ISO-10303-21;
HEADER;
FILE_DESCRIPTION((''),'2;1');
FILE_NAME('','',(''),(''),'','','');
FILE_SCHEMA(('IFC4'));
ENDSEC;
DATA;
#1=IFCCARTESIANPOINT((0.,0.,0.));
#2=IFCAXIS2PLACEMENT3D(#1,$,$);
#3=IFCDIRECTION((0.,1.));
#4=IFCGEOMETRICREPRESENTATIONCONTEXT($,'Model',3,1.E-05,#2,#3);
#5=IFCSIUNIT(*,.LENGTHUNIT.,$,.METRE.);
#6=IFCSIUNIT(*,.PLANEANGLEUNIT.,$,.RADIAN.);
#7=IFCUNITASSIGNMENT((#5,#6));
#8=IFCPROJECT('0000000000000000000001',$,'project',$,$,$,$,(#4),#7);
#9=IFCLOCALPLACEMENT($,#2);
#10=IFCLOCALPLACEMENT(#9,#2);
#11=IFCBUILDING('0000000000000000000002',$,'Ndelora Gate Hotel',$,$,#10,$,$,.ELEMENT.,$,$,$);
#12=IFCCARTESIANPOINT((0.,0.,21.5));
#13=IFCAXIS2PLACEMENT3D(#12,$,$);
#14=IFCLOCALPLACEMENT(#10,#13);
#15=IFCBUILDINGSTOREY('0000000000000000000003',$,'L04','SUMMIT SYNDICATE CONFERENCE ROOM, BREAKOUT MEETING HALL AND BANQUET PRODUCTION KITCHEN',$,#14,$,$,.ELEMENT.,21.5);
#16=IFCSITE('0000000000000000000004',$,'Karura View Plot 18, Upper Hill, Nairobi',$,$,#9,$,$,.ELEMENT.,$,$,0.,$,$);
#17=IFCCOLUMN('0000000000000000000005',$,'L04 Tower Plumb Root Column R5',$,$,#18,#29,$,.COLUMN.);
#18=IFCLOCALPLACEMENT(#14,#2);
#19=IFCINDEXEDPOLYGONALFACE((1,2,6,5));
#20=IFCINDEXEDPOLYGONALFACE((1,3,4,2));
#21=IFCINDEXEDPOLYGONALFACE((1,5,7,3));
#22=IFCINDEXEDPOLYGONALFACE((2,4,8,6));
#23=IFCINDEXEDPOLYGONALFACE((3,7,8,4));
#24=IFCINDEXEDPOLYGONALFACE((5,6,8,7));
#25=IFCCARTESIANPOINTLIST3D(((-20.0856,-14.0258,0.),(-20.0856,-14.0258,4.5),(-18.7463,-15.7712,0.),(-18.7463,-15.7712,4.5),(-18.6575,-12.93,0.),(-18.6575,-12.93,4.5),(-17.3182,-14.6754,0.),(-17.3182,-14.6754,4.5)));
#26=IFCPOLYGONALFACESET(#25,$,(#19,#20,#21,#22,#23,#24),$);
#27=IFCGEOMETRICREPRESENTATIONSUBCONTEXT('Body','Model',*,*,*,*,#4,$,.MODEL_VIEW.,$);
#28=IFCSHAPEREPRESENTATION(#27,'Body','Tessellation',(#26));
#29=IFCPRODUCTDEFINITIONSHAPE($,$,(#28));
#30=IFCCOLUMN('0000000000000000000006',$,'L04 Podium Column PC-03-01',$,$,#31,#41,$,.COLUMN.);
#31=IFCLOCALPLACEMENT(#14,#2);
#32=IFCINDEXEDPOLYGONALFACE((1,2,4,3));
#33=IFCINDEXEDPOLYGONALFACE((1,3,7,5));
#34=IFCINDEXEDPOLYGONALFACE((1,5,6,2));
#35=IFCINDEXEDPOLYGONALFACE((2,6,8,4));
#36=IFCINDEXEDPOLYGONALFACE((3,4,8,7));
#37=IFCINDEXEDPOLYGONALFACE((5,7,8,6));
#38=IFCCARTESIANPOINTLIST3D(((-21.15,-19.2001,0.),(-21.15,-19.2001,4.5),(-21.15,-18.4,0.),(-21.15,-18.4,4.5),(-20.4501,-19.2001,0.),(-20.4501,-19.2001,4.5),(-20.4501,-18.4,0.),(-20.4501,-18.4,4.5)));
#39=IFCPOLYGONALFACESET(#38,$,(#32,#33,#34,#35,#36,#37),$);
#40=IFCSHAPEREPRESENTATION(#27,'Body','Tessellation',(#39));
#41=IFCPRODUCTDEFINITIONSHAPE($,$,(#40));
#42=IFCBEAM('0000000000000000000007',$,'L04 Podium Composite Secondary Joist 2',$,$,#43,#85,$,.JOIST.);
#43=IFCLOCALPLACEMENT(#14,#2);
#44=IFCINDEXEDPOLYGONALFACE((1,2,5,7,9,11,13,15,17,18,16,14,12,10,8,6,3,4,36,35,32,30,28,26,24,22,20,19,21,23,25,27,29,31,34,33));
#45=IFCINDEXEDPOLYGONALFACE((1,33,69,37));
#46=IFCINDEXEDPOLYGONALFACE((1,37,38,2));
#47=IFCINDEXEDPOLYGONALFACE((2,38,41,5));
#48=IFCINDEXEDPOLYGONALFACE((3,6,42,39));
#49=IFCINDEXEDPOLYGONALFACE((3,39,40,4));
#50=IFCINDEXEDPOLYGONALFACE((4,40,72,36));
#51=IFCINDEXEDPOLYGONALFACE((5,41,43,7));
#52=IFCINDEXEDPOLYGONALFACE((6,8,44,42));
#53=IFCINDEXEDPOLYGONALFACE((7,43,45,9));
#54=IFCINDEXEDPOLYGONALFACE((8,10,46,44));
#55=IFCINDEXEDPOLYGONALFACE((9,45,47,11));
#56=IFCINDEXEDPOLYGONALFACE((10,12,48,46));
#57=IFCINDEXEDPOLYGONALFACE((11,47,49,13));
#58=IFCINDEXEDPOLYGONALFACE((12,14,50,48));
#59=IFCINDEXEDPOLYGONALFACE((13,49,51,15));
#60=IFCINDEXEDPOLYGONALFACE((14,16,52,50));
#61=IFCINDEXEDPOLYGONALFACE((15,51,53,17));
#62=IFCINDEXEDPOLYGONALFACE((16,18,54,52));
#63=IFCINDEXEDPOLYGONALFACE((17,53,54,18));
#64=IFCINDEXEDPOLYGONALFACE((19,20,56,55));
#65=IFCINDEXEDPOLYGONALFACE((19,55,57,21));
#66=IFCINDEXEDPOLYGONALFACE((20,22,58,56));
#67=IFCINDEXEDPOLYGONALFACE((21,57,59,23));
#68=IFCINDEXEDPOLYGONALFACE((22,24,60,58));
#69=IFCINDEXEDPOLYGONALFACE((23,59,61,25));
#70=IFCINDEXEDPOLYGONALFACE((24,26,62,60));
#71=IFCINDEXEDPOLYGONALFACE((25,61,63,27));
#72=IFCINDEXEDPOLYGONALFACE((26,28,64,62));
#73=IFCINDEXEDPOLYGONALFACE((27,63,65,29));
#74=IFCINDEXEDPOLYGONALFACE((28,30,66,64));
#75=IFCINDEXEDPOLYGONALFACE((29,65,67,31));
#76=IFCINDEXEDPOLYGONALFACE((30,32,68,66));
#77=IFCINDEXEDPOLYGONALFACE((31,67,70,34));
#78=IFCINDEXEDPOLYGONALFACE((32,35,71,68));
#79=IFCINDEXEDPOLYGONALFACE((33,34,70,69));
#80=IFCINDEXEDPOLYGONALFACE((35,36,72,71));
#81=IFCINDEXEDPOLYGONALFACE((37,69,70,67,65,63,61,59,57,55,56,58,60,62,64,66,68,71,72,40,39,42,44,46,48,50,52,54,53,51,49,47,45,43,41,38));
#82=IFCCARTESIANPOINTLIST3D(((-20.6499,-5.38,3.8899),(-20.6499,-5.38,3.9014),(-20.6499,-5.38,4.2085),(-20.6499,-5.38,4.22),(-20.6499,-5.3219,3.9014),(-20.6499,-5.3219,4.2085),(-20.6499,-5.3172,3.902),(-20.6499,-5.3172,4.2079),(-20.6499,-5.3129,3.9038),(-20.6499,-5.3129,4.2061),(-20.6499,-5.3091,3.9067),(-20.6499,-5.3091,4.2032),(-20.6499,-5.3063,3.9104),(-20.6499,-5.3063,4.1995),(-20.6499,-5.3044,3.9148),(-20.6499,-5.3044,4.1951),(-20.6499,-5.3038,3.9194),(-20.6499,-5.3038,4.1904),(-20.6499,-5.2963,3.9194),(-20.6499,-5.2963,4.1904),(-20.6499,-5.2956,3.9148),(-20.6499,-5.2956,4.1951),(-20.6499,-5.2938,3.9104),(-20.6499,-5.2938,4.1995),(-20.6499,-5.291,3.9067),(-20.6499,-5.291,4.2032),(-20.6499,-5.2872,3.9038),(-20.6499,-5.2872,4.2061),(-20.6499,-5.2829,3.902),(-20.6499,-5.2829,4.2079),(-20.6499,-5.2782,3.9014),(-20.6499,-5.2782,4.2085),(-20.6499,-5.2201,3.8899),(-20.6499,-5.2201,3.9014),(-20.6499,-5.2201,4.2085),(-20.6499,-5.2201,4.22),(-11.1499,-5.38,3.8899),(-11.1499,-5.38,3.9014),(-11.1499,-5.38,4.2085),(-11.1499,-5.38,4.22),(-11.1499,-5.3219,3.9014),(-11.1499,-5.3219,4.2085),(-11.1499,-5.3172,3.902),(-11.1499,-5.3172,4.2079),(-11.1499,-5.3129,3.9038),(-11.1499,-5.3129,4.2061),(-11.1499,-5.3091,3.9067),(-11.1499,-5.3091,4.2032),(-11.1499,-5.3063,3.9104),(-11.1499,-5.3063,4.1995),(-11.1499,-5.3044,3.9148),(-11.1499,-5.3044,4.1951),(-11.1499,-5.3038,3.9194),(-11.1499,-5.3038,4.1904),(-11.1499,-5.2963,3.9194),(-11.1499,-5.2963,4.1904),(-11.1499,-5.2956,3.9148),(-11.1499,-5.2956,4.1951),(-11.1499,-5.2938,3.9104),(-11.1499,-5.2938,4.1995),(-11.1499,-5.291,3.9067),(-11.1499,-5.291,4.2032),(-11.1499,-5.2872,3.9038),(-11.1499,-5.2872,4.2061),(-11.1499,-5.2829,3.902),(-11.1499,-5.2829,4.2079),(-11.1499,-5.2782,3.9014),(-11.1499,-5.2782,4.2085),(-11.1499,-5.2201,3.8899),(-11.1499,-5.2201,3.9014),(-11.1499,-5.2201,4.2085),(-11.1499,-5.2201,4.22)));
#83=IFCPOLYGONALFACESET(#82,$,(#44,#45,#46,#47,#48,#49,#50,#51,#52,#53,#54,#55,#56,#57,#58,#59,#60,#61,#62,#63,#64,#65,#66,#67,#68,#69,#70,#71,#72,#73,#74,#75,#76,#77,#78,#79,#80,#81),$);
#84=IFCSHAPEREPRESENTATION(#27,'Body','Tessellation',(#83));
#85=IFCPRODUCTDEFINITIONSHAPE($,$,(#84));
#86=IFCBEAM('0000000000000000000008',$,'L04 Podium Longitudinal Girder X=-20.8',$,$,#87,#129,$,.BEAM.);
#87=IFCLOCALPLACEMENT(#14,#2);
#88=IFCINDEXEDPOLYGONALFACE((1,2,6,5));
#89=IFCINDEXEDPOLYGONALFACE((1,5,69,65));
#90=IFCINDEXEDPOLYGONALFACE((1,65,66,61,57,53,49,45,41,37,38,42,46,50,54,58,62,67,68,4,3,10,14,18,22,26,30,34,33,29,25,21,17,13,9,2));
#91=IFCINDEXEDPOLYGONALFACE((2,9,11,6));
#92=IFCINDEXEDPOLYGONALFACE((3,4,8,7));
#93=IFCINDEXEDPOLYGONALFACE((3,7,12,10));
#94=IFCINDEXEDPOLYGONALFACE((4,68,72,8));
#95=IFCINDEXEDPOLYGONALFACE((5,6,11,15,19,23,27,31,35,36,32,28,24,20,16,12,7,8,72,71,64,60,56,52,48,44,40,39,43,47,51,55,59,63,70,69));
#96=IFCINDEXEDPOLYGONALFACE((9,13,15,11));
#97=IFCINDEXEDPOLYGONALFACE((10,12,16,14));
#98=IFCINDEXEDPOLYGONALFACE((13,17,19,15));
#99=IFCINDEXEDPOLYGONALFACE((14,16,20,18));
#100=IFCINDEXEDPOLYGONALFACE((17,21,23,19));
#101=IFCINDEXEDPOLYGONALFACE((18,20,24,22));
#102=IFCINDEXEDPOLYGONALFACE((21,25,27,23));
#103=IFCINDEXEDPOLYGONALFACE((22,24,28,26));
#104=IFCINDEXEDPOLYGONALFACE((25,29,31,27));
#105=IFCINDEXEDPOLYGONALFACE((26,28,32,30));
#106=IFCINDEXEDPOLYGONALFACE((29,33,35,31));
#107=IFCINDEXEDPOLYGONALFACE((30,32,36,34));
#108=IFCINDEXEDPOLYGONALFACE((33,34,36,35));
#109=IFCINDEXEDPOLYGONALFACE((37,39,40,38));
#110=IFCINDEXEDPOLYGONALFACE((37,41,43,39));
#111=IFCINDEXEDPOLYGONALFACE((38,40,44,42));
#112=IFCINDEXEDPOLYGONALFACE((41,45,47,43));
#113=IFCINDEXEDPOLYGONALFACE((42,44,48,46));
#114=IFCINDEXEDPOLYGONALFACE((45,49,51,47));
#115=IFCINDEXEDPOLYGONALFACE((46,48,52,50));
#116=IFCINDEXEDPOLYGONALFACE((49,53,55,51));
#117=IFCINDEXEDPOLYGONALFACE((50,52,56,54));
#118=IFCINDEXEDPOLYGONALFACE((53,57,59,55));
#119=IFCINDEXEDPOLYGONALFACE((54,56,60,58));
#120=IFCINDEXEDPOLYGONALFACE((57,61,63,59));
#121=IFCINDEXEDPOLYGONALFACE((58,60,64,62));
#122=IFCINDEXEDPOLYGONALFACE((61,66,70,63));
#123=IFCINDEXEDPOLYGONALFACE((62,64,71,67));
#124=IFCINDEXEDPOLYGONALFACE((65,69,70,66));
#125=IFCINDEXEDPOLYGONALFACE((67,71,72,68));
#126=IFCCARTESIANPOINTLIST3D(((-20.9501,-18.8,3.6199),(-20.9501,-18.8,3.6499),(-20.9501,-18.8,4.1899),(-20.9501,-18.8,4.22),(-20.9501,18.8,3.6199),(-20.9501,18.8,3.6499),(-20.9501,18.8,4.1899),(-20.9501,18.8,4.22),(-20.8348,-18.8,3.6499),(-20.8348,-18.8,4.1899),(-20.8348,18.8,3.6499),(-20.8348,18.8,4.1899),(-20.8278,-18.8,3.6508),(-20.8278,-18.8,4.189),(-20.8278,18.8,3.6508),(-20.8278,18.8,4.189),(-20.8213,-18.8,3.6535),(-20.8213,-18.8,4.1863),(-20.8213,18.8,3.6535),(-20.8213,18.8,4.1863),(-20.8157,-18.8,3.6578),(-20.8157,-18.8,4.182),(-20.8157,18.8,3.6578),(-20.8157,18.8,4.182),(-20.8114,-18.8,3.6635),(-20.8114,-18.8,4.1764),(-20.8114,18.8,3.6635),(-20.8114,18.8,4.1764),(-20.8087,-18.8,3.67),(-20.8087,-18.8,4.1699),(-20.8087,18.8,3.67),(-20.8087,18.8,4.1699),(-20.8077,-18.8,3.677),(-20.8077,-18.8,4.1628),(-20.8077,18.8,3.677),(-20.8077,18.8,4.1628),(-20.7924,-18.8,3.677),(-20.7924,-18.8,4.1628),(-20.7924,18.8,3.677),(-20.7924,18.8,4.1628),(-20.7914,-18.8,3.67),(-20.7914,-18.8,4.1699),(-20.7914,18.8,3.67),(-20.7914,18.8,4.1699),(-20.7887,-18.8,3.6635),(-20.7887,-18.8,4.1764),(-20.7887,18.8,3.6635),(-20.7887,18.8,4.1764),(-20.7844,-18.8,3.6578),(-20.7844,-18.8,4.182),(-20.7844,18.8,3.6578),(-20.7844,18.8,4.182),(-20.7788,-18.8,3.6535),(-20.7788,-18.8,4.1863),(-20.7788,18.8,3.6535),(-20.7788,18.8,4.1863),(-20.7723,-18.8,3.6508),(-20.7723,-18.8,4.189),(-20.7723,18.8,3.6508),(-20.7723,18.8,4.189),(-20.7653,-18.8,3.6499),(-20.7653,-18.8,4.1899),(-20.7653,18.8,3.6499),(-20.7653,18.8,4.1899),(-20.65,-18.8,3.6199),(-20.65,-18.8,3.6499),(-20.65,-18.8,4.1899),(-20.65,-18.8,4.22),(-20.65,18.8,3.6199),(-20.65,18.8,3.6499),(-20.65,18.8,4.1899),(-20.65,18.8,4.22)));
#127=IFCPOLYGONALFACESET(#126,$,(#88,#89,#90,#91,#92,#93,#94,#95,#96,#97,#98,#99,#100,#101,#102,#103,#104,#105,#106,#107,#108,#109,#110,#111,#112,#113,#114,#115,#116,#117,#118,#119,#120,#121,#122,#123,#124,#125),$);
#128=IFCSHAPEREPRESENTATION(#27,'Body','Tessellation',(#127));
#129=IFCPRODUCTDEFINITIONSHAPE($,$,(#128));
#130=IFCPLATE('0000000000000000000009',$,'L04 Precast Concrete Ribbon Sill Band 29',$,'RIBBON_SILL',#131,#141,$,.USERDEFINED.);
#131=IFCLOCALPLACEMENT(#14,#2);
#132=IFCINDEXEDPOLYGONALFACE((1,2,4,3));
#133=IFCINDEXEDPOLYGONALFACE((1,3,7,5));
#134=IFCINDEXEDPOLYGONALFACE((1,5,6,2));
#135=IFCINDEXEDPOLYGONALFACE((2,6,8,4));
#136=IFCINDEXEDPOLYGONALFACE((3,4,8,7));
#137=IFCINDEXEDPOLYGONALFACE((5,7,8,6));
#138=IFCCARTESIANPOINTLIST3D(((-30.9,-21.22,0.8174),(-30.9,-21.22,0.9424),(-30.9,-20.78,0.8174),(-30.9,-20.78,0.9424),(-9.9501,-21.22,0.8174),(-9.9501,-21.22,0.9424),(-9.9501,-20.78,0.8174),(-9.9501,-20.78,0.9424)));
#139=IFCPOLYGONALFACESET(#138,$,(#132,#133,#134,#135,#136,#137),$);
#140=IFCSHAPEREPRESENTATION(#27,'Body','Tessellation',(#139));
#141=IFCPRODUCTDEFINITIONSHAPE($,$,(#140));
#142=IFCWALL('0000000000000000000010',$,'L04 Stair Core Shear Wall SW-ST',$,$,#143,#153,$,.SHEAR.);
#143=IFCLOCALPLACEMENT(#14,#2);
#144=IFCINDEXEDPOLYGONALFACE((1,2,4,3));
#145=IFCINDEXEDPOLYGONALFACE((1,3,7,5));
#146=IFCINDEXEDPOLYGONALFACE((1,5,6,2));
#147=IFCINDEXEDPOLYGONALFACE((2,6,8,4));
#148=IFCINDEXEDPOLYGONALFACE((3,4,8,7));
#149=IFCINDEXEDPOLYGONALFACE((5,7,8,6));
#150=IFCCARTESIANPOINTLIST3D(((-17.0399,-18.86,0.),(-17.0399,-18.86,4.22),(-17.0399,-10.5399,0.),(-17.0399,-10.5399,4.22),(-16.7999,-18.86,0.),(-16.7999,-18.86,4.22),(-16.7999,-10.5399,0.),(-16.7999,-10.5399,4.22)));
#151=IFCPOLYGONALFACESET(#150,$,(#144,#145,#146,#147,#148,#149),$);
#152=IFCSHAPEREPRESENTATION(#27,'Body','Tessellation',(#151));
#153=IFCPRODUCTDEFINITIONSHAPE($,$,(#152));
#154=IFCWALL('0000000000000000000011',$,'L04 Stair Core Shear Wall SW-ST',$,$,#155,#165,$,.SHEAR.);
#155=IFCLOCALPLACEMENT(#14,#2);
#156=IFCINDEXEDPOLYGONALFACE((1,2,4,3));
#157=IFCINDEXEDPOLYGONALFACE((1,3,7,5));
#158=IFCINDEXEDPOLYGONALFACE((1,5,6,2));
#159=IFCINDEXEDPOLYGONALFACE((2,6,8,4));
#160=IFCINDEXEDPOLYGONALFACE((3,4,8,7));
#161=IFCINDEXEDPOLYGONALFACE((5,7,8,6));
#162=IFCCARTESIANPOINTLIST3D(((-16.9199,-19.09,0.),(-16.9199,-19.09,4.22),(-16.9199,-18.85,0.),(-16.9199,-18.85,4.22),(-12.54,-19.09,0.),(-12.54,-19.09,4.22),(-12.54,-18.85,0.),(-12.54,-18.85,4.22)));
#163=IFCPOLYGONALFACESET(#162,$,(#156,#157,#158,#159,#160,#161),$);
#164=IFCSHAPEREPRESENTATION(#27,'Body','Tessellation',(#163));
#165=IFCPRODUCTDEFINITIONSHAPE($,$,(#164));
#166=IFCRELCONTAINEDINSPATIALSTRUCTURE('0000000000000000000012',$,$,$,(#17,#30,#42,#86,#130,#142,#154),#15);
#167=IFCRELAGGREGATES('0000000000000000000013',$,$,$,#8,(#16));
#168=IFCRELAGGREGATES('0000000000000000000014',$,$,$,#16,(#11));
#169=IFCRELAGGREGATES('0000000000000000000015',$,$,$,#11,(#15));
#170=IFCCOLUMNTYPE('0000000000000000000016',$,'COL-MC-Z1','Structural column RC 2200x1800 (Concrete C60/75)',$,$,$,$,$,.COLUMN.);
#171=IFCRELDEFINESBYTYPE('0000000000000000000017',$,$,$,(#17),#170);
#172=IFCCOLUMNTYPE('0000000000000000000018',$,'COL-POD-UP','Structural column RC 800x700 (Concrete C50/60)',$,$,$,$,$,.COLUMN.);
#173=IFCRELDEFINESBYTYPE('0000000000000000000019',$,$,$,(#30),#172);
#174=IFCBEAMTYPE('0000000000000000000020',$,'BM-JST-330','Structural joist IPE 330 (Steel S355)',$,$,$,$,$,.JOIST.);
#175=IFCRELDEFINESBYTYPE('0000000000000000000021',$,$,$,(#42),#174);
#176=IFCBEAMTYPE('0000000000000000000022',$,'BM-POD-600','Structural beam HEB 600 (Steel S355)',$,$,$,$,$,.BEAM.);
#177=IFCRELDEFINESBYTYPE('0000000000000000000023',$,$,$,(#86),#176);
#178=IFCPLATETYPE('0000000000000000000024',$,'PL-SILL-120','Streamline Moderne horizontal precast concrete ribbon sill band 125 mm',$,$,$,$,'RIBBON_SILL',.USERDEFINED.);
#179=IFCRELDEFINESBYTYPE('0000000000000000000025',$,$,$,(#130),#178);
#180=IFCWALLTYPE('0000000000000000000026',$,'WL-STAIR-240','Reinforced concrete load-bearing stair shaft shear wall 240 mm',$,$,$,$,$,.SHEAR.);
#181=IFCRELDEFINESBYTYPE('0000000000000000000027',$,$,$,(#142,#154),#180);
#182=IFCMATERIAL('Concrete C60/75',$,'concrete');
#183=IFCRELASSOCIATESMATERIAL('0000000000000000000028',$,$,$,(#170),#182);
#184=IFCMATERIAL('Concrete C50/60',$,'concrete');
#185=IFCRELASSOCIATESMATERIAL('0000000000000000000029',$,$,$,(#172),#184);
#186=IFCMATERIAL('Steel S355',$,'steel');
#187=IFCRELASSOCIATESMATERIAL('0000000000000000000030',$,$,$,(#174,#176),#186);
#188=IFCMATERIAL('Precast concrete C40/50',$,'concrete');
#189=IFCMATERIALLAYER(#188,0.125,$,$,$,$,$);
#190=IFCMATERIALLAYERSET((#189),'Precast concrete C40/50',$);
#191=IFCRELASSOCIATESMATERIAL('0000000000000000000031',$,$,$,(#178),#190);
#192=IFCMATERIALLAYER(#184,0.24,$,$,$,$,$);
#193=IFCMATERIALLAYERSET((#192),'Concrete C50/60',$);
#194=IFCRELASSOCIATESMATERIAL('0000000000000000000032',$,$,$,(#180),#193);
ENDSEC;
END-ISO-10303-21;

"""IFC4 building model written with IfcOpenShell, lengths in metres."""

from ifc_helpers import new_model, si_unit, direction, frame, frame_2d, origin, origin_2d, place, context, subcontext, project, spatial, rectangle, i_section, extrude, material, layer, layer_set, material_profile, profile_set, type_object, element, save


model = new_model("IFC4")

# Units and contexts
model_context = context("Model", 3, precision=1e-05, world=origin(), true_north=direction((0.0, 1.0)))
body_context = subcontext(model_context, "Body", "Model", "MODEL_VIEW")
ifc_project = project(units=[si_unit("LENGTHUNIT", "METRE"), si_unit("PLANEANGLEUNIT", "RADIAN")], contexts=[model_context])

# Site, building, storey
site_placement = place(None, origin())
site = spatial("IfcSite", under=ifc_project, at=site_placement, Name="Karura View Plot 18, Upper Hill, Nairobi", CompositionType="ELEMENT", RefElevation=0.0)
building_placement = place(site_placement, origin())
building = spatial("IfcBuilding", under=site, at=building_placement, Name="Ndelora Gate Hotel", CompositionType="ELEMENT")
storey_placement = place(building_placement, frame((0.0, 0.0, 21.5)))
storey = spatial("IfcBuildingStorey", under=building, at=storey_placement, Name="L04", Description="SUMMIT SYNDICATE CONFERENCE ROOM, BREAKOUT MEETING HALL AND BANQUET PRODUCTION KITCHEN", CompositionType="ELEMENT", Elevation=21.5)

# Columns
ifc_material_1 = material(Name="Concrete C60/75", Category="concrete")
ifc_material_profile_1 = material_profile(ifc_material_1, rectangle(XDim=1.8, YDim=2.2, at=origin_2d()), Name="RC 2200x1800")
ifc_profile_set_1 = profile_set([ifc_material_profile_1], Name="Concrete C60/75")
column_type_1 = type_object("IfcColumnType", Name="COL-MC-Z1", Description="Structural column RC 2200x1800 (Concrete C60/75)", PredefinedType="COLUMN", material=ifc_profile_set_1)
column_1_placement = place(storey_placement, frame((-18.7019, -14.3506, 0.0), z_axis=(0.0, 0.0, 1.0), x_axis=(0.793353, 0.608761, 0.0)))
element("IfcColumn", 1, at=column_1_placement, inside=storey, type_object=column_type_1, Name="L04 Tower Plumb Root Column R5", PredefinedType="COLUMN", context=body_context, shape_type="SweptSolid", body=[
    extrude(rectangle(XDim=1.8, YDim=2.2, at=origin_2d()), origin(), (0.0, 0.0, 1.0), 4.5),
])
ifc_material_2 = material(Name="Concrete C50/60", Category="concrete")
ifc_material_profile_2 = material_profile(ifc_material_2, rectangle(XDim=0.7, YDim=0.8, at=origin_2d()), Name="RC 800x700")
ifc_profile_set_2 = profile_set([ifc_material_profile_2], Name="Concrete C50/60")
column_type_2 = type_object("IfcColumnType", Name="COL-POD-UP", Description="Structural column RC 800x700 (Concrete C50/60)", PredefinedType="COLUMN", material=ifc_profile_set_2)
column_2_placement = place(storey_placement, frame((-20.8, -18.8, 0.0), z_axis=(0.0, 0.0, 1.0), x_axis=(1.0, 0.0, 0.0)))
element("IfcColumn", 2, at=column_2_placement, inside=storey, type_object=column_type_2, Name="L04 Podium Column PC-03-01", PredefinedType="COLUMN", context=body_context, shape_type="SweptSolid", body=[
    extrude(rectangle(XDim=0.7, YDim=0.8, at=origin_2d()), origin(), (0.0, 0.0, 1.0), 4.5),
])

# Beams
ifc_material_3 = material(Name="Steel S355", Category="steel")
ifc_material_profile_3 = material_profile(ifc_material_3, i_section(OverallWidth=0.1599, OverallDepth=0.3301, WebThickness=0.0076, FlangeThickness=0.0115, FilletRadius=0.0181, at=origin_2d()), Name="IPE 330")
ifc_profile_set_3 = profile_set([ifc_material_profile_3], Name="Steel S355")
beam_type_1 = type_object("IfcBeamType", Name="BM-JST-330", Description="Structural joist IPE 330 (Steel S355)", PredefinedType="JOIST", material=ifc_profile_set_3)
beam_1_placement = place(storey_placement, frame((-20.6499, -5.3, 4.0549), z_axis=(1.0, 0.0, 0.0), x_axis=(0.0, 1.0, 0.0)))
element("IfcBeam", 3, at=beam_1_placement, inside=storey, type_object=beam_type_1, Name="L04 Podium Composite Secondary Joist 2", PredefinedType="JOIST", context=body_context, shape_type="SweptSolid", body=[
    extrude(i_section(OverallWidth=0.1599, OverallDepth=0.3301, WebThickness=0.0076, FlangeThickness=0.0115, FilletRadius=0.0181, at=origin_2d()), origin(), (0.0, 0.0, 1.0), 9.5),
])
ifc_material_profile_4 = material_profile(ifc_material_3, i_section(OverallWidth=0.3, OverallDepth=0.6001, WebThickness=0.0154, FlangeThickness=0.03, FilletRadius=0.0271, at=origin_2d()), Name="HEB 600")
ifc_profile_set_4 = profile_set([ifc_material_profile_4], Name="Steel S355")
beam_type_2 = type_object("IfcBeamType", Name="BM-POD-600", Description="Structural beam HEB 600 (Steel S355)", PredefinedType="BEAM", material=ifc_profile_set_4)
beam_2_placement = place(storey_placement, frame((-20.8, -18.8, 3.9199), z_axis=(0.0, 1.0, 0.0), x_axis=(-1.0, 0.0, 0.0)))
element("IfcBeam", 4, at=beam_2_placement, inside=storey, type_object=beam_type_2, Name="L04 Podium Longitudinal Girder X=-20.8", PredefinedType="BEAM", context=body_context, shape_type="SweptSolid", body=[
    extrude(i_section(OverallWidth=0.3, OverallDepth=0.6001, WebThickness=0.0154, FlangeThickness=0.03, FilletRadius=0.0271, at=origin_2d()), origin(), (0.0, 0.0, 1.0), 37.6001),
])

# Plate
ifc_material_4 = material(Name="Precast concrete C40/50", Category="concrete")
ifc_layer_1 = layer(ifc_material_4, 0.125)
ifc_layer_set_1 = layer_set([ifc_layer_1], Name="Precast concrete C40/50")
plate_type = type_object("IfcPlateType", Name="PL-SILL-120", Description="Streamline Moderne horizontal precast concrete ribbon sill band 125 mm", ElementType="RIBBON_SILL", PredefinedType="USERDEFINED", material=ifc_layer_set_1)
plate_placement = place(storey_placement, frame((-20.425, -21.0, 0.8174), z_axis=(0.0, 0.0, 1.0), x_axis=(1.0, 0.0, 0.0)))
element("IfcPlate", 5, at=plate_placement, inside=storey, type_object=plate_type, Name="L04 Precast Concrete Ribbon Sill Band 29", ObjectType="RIBBON_SILL", PredefinedType="USERDEFINED", context=body_context, shape_type="SweptSolid", body=[
    extrude(rectangle(XDim=20.95, YDim=0.4399, at=origin_2d()), origin(), (0.0, 0.0, 1.0), 0.125),
])

# Walls
ifc_layer_2 = layer(ifc_material_2, 0.24)
ifc_layer_set_2 = layer_set([ifc_layer_2], Name="Concrete C50/60")
wall_type = type_object("IfcWallType", Name="WL-STAIR-240", Description="Reinforced concrete load-bearing stair shaft shear wall 240 mm", PredefinedType="SHEAR", material=ifc_layer_set_2)
wall_1_placement = place(storey_placement, frame((-16.9199, -18.8601, 0.0), z_axis=(0.0, 0.0, 1.0), x_axis=(0.0, 1.0, 0.0)))
element("IfcWall", 6, at=wall_1_placement, inside=storey, type_object=wall_type, Name="L04 Stair Core Shear Wall SW-ST", PredefinedType="SHEAR", context=body_context, shape_type="SweptSolid", body=[
    extrude(rectangle(XDim=8.3201, YDim=0.24, at=frame_2d((4.1602, 0.0))), origin(), (0.0, 0.0, 1.0), 4.22),
])
wall_2_placement = place(storey_placement, frame((-16.9199, -18.97, 0.0), z_axis=(0.0, 0.0, 1.0), x_axis=(1.0, 0.0, 0.0)))
element("IfcWall", 7, at=wall_2_placement, inside=storey, type_object=wall_type, Name="L04 Stair Core Shear Wall SW-ST", PredefinedType="SHEAR", context=body_context, shape_type="SweptSolid", body=[
    extrude(rectangle(XDim=4.3799, YDim=0.24, at=frame_2d((2.1899, 0.0))), origin(), (0.0, 0.0, 1.0), 4.22),
])

save(model, "model.ifc")
